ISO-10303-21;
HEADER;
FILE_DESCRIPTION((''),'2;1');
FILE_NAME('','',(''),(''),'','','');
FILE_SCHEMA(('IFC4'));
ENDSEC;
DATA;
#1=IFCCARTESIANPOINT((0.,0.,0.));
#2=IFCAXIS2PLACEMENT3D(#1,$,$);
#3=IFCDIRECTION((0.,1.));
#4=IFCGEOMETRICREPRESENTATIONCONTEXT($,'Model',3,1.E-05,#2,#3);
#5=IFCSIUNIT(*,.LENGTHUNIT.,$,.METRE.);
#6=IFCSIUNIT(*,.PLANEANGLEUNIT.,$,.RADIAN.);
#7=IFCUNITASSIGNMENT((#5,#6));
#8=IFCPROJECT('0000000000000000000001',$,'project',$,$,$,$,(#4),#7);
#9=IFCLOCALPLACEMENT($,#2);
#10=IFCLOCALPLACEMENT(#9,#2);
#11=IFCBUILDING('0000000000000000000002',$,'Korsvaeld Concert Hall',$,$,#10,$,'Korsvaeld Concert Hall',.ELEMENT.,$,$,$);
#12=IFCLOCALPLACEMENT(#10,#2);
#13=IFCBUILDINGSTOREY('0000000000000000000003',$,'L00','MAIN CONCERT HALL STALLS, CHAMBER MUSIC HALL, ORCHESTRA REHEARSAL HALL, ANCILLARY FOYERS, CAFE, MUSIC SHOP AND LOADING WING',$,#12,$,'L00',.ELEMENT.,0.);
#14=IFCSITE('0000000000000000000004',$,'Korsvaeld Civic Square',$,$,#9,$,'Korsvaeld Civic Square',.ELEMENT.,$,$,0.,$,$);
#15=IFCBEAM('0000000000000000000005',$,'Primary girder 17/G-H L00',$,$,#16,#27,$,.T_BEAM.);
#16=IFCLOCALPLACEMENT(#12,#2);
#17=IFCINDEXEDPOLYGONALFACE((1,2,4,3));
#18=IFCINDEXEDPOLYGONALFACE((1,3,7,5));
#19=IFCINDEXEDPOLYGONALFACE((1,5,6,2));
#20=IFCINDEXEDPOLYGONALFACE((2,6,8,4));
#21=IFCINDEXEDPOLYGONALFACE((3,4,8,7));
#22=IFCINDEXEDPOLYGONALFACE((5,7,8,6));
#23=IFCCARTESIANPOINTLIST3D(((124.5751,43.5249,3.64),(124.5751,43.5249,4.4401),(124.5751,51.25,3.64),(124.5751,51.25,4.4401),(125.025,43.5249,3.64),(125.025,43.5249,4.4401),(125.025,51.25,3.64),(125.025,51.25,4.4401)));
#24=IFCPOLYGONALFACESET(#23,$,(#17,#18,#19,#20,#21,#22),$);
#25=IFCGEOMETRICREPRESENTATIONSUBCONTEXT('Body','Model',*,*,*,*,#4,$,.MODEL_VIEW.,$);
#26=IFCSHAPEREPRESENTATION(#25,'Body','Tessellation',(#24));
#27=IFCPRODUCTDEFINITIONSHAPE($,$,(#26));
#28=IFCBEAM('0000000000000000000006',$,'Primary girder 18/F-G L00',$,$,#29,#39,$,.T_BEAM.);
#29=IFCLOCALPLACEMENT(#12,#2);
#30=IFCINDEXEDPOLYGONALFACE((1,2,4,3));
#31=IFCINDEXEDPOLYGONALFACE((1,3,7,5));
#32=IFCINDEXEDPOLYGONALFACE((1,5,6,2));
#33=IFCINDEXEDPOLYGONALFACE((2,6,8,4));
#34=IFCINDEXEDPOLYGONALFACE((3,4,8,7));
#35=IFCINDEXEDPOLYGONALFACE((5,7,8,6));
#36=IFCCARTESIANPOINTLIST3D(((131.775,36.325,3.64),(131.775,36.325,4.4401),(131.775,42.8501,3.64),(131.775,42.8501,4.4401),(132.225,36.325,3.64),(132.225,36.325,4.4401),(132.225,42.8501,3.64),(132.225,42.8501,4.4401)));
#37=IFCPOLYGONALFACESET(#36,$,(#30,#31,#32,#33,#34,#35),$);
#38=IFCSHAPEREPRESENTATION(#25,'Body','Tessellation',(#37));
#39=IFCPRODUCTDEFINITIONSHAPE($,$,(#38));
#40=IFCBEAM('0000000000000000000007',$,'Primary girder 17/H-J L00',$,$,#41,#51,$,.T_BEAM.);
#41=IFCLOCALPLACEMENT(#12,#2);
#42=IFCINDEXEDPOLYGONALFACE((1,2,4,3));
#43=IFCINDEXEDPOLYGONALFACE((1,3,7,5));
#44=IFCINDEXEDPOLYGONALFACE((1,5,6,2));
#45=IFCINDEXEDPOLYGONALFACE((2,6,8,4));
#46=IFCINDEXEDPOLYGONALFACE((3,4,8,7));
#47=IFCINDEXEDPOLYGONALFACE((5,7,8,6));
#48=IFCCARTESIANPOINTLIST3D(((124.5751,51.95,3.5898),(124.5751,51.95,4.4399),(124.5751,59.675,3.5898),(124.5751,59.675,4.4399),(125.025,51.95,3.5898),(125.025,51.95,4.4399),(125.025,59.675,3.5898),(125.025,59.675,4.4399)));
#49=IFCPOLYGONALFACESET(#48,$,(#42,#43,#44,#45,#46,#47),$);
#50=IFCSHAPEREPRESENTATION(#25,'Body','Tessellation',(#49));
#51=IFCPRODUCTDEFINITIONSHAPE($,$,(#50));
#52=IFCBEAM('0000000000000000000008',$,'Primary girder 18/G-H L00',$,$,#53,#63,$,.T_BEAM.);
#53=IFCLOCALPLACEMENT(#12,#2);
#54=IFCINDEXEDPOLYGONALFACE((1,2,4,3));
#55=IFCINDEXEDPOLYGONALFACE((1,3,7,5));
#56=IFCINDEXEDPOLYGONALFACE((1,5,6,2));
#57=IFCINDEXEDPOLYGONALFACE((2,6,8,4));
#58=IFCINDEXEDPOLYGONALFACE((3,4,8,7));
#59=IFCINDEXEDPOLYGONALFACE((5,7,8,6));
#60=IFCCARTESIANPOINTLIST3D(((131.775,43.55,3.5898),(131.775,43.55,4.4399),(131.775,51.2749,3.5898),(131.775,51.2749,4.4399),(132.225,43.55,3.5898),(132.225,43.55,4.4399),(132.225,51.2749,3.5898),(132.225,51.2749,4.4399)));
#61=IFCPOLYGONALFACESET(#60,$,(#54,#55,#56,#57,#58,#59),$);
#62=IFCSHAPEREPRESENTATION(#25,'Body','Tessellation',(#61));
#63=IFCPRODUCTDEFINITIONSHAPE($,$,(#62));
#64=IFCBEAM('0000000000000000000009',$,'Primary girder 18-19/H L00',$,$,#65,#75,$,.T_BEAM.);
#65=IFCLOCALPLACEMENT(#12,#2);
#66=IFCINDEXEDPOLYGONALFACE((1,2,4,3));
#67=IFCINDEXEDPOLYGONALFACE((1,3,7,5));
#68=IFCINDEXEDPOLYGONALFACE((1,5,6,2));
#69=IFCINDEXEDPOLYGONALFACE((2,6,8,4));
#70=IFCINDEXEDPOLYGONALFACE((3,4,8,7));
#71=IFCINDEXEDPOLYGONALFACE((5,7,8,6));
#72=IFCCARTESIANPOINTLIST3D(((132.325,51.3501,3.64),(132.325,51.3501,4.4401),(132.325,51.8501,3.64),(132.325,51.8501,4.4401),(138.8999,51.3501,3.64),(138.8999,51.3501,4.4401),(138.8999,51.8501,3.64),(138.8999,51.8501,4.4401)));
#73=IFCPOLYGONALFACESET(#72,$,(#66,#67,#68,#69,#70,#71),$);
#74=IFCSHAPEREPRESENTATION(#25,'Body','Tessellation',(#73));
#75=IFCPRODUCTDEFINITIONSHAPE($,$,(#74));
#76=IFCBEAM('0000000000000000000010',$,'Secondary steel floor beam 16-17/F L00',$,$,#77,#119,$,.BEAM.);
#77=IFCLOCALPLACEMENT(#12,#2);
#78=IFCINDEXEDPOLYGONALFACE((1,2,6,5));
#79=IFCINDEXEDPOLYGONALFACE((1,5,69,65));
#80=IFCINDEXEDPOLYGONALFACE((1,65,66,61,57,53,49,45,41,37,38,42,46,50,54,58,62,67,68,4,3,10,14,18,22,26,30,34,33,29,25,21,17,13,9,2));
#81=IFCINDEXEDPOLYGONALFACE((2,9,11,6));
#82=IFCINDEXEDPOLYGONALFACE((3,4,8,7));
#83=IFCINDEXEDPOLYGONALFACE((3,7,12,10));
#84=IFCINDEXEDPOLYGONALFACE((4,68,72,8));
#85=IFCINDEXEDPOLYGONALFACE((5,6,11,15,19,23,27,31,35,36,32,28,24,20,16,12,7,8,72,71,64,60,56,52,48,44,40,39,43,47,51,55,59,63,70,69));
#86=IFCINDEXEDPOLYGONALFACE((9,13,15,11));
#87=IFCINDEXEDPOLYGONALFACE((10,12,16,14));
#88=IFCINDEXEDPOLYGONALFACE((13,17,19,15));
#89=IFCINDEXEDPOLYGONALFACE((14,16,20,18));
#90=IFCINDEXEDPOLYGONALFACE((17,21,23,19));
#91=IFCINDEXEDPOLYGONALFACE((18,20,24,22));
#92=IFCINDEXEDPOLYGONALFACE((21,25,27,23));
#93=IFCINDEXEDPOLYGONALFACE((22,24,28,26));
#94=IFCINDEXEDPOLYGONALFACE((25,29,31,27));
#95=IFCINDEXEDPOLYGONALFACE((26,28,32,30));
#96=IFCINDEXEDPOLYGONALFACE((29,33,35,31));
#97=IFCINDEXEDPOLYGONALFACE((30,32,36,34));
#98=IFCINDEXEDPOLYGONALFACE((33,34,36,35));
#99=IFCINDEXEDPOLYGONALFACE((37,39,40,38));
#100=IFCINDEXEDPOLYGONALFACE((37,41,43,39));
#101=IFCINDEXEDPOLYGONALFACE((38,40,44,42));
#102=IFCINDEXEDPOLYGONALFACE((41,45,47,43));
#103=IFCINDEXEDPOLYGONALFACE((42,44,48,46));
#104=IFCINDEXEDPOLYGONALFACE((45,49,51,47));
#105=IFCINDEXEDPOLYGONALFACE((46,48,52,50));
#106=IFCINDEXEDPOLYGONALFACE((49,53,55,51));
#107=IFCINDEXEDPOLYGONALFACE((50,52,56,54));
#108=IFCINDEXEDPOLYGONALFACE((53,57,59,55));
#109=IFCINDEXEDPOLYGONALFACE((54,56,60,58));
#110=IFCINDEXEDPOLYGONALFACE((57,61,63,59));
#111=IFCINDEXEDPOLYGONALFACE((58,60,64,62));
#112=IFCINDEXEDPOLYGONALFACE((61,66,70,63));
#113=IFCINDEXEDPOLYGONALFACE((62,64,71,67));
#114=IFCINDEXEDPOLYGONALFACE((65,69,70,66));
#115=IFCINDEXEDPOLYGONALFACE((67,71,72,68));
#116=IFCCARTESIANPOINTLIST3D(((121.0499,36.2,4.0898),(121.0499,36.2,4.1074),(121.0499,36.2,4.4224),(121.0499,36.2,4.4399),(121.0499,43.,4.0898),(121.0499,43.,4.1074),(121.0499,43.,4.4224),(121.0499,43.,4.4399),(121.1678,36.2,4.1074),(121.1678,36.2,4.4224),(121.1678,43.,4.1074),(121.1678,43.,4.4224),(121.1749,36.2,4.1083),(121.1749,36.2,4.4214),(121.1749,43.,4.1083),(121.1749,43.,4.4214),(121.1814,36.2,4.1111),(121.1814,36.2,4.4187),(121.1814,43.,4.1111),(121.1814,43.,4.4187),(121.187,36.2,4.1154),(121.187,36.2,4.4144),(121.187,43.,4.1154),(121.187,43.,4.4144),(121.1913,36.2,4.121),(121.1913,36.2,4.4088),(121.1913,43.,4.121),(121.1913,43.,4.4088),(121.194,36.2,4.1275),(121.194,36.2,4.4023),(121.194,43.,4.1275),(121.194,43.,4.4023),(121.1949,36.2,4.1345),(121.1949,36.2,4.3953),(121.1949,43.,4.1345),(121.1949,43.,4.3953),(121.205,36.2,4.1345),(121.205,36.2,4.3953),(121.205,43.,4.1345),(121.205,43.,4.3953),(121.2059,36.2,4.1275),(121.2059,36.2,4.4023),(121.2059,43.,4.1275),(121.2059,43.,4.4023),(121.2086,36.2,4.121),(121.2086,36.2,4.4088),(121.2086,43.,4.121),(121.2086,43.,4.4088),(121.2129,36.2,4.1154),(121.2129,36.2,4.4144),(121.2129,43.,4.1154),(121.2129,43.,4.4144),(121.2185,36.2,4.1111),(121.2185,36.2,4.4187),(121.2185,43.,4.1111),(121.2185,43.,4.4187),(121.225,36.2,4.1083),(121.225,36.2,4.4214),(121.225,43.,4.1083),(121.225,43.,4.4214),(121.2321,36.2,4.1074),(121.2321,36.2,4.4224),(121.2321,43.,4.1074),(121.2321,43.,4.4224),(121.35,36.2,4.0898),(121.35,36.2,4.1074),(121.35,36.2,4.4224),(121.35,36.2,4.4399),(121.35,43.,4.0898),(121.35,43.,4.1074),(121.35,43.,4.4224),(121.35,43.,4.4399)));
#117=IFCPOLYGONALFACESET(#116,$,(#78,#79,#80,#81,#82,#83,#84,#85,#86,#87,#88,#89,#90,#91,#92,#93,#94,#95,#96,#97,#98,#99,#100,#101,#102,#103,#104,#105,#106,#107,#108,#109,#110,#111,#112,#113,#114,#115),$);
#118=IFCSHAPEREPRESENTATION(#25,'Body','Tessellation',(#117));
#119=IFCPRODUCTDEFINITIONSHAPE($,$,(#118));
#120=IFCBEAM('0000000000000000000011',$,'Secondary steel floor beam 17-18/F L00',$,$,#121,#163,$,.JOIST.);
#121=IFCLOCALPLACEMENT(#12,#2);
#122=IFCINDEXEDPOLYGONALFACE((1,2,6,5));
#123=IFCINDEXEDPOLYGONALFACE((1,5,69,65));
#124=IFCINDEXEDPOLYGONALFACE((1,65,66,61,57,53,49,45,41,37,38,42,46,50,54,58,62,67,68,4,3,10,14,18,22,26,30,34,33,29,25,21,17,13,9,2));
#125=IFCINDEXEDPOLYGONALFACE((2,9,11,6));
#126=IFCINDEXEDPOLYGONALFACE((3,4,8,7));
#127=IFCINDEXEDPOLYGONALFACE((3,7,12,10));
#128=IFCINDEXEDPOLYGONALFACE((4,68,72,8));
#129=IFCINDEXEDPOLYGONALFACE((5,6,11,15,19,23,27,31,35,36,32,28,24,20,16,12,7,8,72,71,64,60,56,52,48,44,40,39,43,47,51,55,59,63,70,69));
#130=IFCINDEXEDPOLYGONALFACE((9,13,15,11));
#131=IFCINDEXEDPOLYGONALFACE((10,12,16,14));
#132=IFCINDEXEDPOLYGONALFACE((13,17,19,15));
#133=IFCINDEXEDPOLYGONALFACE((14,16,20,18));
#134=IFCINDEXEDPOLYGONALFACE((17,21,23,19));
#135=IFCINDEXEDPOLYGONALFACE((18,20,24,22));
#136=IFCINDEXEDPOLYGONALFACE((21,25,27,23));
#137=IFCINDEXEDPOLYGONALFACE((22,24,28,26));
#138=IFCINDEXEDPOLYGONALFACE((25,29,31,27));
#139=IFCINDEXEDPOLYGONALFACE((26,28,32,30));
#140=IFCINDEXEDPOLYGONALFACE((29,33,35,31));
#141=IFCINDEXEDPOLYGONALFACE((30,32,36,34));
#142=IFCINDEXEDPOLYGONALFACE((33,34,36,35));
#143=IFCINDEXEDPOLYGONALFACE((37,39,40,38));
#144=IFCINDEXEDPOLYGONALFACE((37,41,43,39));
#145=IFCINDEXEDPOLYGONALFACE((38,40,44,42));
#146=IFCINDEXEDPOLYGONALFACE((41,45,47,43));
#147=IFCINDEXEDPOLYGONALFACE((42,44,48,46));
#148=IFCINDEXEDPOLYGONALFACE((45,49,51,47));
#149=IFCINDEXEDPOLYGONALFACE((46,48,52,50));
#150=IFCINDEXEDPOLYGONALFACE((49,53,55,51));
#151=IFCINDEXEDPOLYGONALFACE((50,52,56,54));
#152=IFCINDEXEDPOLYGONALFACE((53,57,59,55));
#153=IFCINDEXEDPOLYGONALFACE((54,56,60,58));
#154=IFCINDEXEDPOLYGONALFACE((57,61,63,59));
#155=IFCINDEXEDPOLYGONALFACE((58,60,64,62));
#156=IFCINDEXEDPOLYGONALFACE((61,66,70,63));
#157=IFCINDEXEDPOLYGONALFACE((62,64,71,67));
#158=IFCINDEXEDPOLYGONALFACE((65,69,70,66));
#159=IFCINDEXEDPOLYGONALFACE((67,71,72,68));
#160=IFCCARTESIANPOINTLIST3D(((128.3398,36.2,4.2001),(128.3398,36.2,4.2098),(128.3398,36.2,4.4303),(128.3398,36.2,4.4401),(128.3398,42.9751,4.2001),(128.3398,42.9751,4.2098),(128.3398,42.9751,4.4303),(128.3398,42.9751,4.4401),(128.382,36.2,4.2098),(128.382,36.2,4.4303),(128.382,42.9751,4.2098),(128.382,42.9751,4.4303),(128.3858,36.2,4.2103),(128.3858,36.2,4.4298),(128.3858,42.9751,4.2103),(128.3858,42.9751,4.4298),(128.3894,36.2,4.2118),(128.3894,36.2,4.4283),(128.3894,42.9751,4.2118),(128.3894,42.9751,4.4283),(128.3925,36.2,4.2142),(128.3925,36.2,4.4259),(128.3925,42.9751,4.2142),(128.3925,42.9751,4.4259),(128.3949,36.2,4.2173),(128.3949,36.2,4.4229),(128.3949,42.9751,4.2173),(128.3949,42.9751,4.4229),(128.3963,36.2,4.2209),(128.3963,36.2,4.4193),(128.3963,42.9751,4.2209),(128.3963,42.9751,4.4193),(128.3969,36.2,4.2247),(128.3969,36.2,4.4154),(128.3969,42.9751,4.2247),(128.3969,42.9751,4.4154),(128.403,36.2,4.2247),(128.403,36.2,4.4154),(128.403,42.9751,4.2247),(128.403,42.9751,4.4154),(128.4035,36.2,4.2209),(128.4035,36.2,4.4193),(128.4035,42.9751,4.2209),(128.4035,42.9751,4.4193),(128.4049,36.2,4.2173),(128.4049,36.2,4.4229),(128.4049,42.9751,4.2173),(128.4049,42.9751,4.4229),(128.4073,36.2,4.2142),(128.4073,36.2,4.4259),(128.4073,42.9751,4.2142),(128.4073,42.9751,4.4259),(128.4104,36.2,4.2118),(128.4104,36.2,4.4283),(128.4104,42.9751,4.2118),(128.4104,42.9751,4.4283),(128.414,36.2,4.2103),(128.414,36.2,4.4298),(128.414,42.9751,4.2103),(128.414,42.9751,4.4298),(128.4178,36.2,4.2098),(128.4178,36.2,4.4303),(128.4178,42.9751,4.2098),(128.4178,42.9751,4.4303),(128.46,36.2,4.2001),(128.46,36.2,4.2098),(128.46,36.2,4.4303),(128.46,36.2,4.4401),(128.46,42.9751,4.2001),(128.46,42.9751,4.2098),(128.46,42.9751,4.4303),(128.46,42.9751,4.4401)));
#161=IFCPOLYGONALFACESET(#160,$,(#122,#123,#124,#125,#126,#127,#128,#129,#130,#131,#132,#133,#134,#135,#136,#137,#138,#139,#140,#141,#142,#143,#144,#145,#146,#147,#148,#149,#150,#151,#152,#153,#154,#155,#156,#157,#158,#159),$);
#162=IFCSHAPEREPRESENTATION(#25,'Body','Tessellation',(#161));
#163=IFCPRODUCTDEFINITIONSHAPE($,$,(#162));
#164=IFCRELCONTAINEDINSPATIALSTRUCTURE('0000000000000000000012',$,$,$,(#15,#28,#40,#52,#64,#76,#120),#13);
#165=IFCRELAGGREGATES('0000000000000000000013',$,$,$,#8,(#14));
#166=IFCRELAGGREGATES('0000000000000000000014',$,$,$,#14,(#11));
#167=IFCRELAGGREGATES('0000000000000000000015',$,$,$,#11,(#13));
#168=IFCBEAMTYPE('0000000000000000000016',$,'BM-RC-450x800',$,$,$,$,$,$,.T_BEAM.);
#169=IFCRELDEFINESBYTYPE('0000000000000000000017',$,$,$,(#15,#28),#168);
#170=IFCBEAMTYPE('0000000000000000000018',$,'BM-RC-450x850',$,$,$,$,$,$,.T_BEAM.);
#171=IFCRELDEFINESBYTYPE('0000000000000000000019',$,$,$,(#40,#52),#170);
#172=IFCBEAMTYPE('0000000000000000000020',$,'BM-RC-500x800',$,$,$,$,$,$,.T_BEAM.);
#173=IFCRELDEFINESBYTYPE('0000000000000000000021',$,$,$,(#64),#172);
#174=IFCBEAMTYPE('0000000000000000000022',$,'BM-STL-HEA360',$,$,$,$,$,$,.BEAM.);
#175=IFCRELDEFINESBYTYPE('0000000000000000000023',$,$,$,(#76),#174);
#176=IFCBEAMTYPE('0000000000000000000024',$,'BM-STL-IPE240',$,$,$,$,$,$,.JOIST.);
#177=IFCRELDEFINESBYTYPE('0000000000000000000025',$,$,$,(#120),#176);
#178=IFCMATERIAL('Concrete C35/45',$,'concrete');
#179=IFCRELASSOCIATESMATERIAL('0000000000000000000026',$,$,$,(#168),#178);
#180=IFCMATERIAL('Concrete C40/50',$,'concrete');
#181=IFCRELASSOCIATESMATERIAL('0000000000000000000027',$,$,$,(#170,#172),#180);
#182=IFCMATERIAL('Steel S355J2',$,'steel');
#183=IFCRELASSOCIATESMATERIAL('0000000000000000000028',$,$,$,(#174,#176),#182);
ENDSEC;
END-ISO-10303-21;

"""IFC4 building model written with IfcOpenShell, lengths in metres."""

from ifc_helpers import new_model, si_unit, direction, frame, origin, origin_2d, place, context, subcontext, project, spatial, rectangle, i_section, extrude, material, material_profile, profile_set, type_object, element, save


model = new_model("IFC4")

# Units and contexts
model_context = context("Model", 3, precision=1e-05, world=origin(), true_north=direction((0.0, 1.0)))
body_context = subcontext(model_context, "Body", "Model", "MODEL_VIEW")
ifc_project = project(units=[si_unit("LENGTHUNIT", "METRE"), si_unit("PLANEANGLEUNIT", "RADIAN")], contexts=[model_context])

# Site, building, storey
site_placement = place(None, origin())
site = spatial("IfcSite", under=ifc_project, at=site_placement, Name="Korsvaeld Civic Square", LongName="Korsvaeld Civic Square", CompositionType="ELEMENT", RefElevation=0.0)
building_placement = place(site_placement, origin())
building = spatial("IfcBuilding", under=site, at=building_placement, Name="Korsvaeld Concert Hall", LongName="Korsvaeld Concert Hall", CompositionType="ELEMENT")
storey_placement = place(building_placement, origin())
storey = spatial("IfcBuildingStorey", under=building, at=storey_placement, Name="L00", Description="MAIN CONCERT HALL STALLS, CHAMBER MUSIC HALL, ORCHESTRA REHEARSAL HALL, ANCILLARY FOYERS, CAFE, MUSIC SHOP AND LOADING WING", LongName="L00", CompositionType="ELEMENT", Elevation=0.0)

# Shared definitions
ifc_material_1 = material(Name="Concrete C40/50", Category="concrete")

# Beams
ifc_material_2 = material(Name="Concrete C35/45", Category="concrete")
ifc_material_profile_1 = material_profile(ifc_material_2, rectangle(XDim=0.45, YDim=0.8, at=origin_2d()), Name="RC 450x800")
ifc_profile_set_1 = profile_set([ifc_material_profile_1], Name="Concrete C35/45")
beam_type_1 = type_object("IfcBeamType", Name="BM-RC-450x800", PredefinedType="T_BEAM", material=ifc_profile_set_1)
beam_1_placement = place(storey_placement, frame((124.8, 43.5249, 4.04), z_axis=(0.0, 1.0, 0.0), x_axis=(-1.0, 0.0, 0.0)))
element("IfcBeam", 1, at=beam_1_placement, inside=storey, type_object=beam_type_1, Name="Primary girder 17/G-H L00", PredefinedType="T_BEAM", context=body_context, shape_type="SweptSolid", body=[
    extrude(rectangle(XDim=0.45, YDim=0.8, at=origin_2d()), origin(), (0.0, 0.0, 1.0), 7.7251),
])
beam_2_placement = place(storey_placement, frame((132.0, 36.325, 4.04), z_axis=(0.0, 1.0, 0.0), x_axis=(-1.0, 0.0, 0.0)))
element("IfcBeam", 2, at=beam_2_placement, inside=storey, type_object=beam_type_1, Name="Primary girder 18/F-G L00", PredefinedType="T_BEAM", context=body_context, shape_type="SweptSolid", body=[
    extrude(rectangle(XDim=0.45, YDim=0.8, at=origin_2d()), origin(), (0.0, 0.0, 1.0), 6.5251),
])
ifc_material_profile_2 = material_profile(ifc_material_1, rectangle(XDim=0.45, YDim=0.8501, at=origin_2d()), Name="RC 450x850")
ifc_profile_set_2 = profile_set([ifc_material_profile_2], Name="Concrete C40/50")
beam_type_2 = type_object("IfcBeamType", Name="BM-RC-450x850", PredefinedType="T_BEAM", material=ifc_profile_set_2)
beam_3_placement = place(storey_placement, frame((124.8, 51.95, 4.0149), z_axis=(0.0, 1.0, 0.0), x_axis=(-1.0, 0.0, 0.0)))
element("IfcBeam", 3, at=beam_3_placement, inside=storey, type_object=beam_type_2, Name="Primary girder 17/H-J L00", PredefinedType="T_BEAM", context=body_context, shape_type="SweptSolid", body=[
    extrude(rectangle(XDim=0.45, YDim=0.8501, at=origin_2d()), origin(), (0.0, 0.0, 1.0), 7.7251),
])
beam_4_placement = place(storey_placement, frame((132.0, 43.55, 4.0149), z_axis=(0.0, 1.0, 0.0), x_axis=(-1.0, 0.0, 0.0)))
element("IfcBeam", 4, at=beam_4_placement, inside=storey, type_object=beam_type_2, Name="Primary girder 18/G-H L00", PredefinedType="T_BEAM", context=body_context, shape_type="SweptSolid", body=[
    extrude(rectangle(XDim=0.45, YDim=0.8501, at=origin_2d()), origin(), (0.0, 0.0, 1.0), 7.7249),
])
ifc_material_profile_3 = material_profile(ifc_material_1, rectangle(XDim=0.5, YDim=0.8, at=origin_2d()), Name="RC 500x800")
ifc_profile_set_3 = profile_set([ifc_material_profile_3], Name="Concrete C40/50")
beam_type_3 = type_object("IfcBeamType", Name="BM-RC-500x800", PredefinedType="T_BEAM", material=ifc_profile_set_3)
beam_5_placement = place(storey_placement, frame((132.325, 51.6001, 4.04), z_axis=(1.0, 0.0, 0.0), x_axis=(0.0, 1.0, 0.0)))
element("IfcBeam", 5, at=beam_5_placement, inside=storey, type_object=beam_type_3, Name="Primary girder 18-19/H L00", PredefinedType="T_BEAM", context=body_context, shape_type="SweptSolid", body=[
    extrude(rectangle(XDim=0.5, YDim=0.8, at=origin_2d()), origin(), (0.0, 0.0, 1.0), 6.575),
])
ifc_material_3 = material(Name="Steel S355J2", Category="steel")
ifc_material_profile_4 = material_profile(ifc_material_3, i_section(OverallWidth=0.3, OverallDepth=0.3501, WebThickness=0.01, FlangeThickness=0.0176, FilletRadius=0.0271, at=origin_2d()), Name="HEA 360")
ifc_profile_set_4 = profile_set([ifc_material_profile_4], Name="Steel S355J2")
beam_type_4 = type_object("IfcBeamType", Name="BM-STL-HEA360", PredefinedType="BEAM", material=ifc_profile_set_4)
beam_6_placement = place(storey_placement, frame((121.2, 36.2, 4.2649), z_axis=(0.0, 1.0, 0.0), x_axis=(-1.0, 0.0, 0.0)))
element("IfcBeam", 6, at=beam_6_placement, inside=storey, type_object=beam_type_4, Name="Secondary steel floor beam 16-17/F L00", PredefinedType="BEAM", context=body_context, shape_type="SweptSolid", body=[
    extrude(i_section(OverallWidth=0.3, OverallDepth=0.3501, WebThickness=0.01, FlangeThickness=0.0176, FilletRadius=0.0271, at=origin_2d()), origin(), (0.0, 0.0, 1.0), 6.8),
])
ifc_material_profile_5 = material_profile(ifc_material_3, i_section(OverallWidth=0.1201, OverallDepth=0.24, WebThickness=0.0061, FlangeThickness=0.0098, FilletRadius=0.0149, at=origin_2d()), Name="IPE 240")
ifc_profile_set_5 = profile_set([ifc_material_profile_5], Name="Steel S355J2")
beam_type_5 = type_object("IfcBeamType", Name="BM-STL-IPE240", PredefinedType="JOIST", material=ifc_profile_set_5)
beam_7_placement = place(storey_placement, frame((128.3999, 36.2, 4.3201), z_axis=(0.0, 1.0, 0.0), x_axis=(-1.0, 0.0, 0.0)))
element("IfcBeam", 7, at=beam_7_placement, inside=storey, type_object=beam_type_5, Name="Secondary steel floor beam 17-18/F L00", PredefinedType="JOIST", context=body_context, shape_type="SweptSolid", body=[
    extrude(i_section(OverallWidth=0.1201, OverallDepth=0.24, WebThickness=0.0061, FlangeThickness=0.0098, FilletRadius=0.0149, at=origin_2d()), origin(), (0.0, 0.0, 1.0), 6.7751),
])

save(model, "model.ifc")
